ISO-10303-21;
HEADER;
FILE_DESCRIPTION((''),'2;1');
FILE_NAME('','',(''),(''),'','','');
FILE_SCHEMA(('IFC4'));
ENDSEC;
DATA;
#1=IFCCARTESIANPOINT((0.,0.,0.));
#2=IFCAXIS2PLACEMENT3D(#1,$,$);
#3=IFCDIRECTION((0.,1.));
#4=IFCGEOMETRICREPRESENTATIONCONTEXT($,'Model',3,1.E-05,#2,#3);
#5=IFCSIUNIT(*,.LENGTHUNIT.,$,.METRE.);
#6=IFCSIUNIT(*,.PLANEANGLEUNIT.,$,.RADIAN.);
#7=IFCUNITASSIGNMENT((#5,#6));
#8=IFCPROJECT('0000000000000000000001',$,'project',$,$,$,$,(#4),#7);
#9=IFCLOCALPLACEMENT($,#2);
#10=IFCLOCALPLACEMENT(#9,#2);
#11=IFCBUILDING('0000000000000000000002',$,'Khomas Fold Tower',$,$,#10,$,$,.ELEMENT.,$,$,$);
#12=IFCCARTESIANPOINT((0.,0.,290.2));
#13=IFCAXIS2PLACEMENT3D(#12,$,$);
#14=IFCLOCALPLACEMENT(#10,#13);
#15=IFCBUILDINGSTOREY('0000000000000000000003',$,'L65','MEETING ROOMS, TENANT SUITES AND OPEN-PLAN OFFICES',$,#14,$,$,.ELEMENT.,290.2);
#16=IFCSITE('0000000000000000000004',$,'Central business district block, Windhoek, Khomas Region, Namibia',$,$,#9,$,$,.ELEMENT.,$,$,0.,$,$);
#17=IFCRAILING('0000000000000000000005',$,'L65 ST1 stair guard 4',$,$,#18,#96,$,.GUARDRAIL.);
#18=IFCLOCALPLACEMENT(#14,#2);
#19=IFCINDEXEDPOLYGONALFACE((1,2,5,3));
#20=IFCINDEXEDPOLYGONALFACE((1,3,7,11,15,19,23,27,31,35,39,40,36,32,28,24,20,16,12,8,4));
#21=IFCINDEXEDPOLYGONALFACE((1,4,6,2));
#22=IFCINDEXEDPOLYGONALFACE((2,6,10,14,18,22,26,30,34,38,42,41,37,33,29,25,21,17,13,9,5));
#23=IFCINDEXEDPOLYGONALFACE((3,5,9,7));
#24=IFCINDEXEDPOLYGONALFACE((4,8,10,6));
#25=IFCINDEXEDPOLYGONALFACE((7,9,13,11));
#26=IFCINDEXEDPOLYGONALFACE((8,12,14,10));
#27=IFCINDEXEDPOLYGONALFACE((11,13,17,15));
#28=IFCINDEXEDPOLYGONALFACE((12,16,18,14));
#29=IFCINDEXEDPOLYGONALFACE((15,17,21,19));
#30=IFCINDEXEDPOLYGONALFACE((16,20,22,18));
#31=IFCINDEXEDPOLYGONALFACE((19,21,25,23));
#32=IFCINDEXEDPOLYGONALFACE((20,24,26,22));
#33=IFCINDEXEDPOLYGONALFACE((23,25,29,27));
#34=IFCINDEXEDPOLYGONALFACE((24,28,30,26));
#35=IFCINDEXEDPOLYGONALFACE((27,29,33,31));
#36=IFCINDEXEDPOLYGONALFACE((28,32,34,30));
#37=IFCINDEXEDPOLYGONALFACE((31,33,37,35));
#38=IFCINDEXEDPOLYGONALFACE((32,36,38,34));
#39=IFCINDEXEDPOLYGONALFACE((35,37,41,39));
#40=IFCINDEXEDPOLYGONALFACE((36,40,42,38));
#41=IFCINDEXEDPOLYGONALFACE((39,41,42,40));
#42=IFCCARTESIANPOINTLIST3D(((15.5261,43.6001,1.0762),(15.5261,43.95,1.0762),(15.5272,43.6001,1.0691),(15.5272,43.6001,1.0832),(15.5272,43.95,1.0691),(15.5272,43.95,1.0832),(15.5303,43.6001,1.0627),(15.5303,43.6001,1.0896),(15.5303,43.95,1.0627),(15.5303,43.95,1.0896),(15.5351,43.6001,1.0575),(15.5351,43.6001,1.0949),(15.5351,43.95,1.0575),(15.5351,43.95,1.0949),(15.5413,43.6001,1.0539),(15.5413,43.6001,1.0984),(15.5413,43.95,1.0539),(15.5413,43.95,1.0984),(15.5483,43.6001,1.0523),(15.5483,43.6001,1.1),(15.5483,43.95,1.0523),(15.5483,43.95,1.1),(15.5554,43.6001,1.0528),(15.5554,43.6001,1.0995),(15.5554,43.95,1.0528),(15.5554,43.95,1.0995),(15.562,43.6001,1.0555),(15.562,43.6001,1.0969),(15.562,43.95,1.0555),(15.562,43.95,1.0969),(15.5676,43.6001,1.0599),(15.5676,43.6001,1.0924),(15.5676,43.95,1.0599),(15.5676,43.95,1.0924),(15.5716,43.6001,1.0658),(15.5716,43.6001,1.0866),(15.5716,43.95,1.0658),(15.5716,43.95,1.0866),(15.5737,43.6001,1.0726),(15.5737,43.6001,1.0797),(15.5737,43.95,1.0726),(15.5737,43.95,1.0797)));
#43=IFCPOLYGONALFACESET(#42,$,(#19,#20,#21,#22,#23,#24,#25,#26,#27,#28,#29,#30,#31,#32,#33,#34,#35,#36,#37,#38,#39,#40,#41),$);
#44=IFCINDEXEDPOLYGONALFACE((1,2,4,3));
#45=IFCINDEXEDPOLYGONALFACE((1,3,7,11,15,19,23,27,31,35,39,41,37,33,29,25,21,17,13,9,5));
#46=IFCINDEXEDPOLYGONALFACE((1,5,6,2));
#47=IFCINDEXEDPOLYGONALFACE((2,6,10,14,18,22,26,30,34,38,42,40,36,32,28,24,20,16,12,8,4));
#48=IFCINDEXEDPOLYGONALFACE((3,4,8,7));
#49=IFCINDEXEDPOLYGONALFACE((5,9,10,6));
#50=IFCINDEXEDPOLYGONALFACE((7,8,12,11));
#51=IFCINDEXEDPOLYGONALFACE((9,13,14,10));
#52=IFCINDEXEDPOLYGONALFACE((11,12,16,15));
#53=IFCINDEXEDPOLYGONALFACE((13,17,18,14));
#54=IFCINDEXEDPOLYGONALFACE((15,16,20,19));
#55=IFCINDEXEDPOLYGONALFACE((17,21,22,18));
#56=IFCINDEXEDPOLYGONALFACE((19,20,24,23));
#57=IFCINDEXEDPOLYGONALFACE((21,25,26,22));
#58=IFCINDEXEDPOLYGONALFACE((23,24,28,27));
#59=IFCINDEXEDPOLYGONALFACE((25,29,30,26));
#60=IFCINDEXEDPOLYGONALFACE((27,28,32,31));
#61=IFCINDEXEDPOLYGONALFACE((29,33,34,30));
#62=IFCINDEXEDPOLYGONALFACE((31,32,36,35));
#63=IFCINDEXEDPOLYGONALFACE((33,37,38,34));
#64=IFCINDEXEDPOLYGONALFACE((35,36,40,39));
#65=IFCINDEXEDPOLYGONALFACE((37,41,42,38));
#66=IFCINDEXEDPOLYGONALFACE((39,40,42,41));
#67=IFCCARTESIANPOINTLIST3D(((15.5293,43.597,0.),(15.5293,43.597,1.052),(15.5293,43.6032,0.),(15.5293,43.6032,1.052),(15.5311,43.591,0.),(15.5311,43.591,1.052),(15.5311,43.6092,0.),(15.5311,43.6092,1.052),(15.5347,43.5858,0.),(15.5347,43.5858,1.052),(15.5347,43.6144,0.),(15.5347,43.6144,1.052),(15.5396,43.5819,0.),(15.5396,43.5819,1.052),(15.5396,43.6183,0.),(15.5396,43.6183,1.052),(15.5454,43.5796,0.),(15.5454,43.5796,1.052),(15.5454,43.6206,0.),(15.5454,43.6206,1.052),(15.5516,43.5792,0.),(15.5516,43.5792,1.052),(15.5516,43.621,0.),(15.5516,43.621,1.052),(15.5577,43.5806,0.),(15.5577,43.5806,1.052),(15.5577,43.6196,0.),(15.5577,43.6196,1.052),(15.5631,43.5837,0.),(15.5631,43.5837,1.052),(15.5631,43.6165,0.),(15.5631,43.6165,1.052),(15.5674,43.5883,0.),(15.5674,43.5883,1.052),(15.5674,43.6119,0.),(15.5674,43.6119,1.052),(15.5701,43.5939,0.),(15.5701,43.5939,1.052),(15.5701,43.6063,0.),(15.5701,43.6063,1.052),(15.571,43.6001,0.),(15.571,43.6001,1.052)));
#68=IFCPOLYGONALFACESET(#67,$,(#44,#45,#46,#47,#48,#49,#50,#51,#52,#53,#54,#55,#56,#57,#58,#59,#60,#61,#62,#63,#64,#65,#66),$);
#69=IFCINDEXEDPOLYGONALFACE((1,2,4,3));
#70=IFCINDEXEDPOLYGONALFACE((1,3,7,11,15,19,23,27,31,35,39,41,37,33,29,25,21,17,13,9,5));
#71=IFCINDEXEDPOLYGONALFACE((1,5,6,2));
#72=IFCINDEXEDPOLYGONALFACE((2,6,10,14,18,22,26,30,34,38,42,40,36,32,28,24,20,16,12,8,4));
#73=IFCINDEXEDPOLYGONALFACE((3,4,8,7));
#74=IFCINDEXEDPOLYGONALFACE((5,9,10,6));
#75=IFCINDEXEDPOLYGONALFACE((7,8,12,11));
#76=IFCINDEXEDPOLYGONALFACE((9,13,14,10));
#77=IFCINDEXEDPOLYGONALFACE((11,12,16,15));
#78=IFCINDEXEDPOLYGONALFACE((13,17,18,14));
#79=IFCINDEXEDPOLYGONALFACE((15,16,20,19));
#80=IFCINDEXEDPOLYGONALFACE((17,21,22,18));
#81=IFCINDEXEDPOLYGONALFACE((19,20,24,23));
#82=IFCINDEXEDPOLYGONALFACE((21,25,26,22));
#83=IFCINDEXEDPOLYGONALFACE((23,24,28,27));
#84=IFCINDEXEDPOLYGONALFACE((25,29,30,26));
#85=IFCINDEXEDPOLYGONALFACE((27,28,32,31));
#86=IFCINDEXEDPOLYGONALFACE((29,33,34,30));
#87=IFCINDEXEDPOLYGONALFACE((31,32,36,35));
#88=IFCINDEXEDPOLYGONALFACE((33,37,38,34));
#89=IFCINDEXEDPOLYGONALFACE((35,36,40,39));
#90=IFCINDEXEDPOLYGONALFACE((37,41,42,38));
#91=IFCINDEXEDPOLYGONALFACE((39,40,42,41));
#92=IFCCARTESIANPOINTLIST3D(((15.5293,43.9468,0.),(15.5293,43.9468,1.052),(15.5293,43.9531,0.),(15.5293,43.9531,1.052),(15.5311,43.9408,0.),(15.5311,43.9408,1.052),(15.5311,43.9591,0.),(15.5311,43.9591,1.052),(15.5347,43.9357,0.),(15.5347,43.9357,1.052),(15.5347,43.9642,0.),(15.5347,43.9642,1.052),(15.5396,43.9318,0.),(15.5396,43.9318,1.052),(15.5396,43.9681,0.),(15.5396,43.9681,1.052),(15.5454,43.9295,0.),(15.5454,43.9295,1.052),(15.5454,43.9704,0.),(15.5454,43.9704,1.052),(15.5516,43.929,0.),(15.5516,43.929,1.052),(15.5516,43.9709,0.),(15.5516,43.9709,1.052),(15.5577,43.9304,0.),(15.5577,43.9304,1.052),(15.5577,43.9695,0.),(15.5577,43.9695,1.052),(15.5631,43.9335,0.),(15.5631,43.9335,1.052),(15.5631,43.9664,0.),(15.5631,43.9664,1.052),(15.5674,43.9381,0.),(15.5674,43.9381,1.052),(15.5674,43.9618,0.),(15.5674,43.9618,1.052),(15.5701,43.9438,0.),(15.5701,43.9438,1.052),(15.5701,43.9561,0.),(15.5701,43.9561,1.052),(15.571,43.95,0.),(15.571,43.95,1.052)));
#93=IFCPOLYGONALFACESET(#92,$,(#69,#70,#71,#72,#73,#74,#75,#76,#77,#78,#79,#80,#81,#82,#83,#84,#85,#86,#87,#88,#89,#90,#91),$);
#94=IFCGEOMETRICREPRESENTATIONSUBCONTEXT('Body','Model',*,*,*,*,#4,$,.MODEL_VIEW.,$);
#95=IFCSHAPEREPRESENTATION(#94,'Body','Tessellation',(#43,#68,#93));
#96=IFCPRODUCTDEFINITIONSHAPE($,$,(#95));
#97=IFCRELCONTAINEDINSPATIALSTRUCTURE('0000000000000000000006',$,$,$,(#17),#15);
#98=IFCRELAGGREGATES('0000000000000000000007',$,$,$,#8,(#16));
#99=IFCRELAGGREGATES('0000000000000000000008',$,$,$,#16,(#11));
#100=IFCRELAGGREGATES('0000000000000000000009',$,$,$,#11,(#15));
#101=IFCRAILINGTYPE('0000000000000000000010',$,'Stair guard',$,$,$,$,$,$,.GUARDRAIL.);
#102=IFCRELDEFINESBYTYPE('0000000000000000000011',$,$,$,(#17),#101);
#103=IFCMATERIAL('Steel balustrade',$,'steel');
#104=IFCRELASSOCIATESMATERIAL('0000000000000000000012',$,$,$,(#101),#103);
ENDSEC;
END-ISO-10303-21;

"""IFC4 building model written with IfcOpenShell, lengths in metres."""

from ifc_helpers import new_model, si_unit, direction, frame, origin, origin_2d, place, context, subcontext, project, spatial, circle, extrude, source, transform, mapped, material, type_object, element, save


model = new_model("IFC4")

# Units and contexts
model_context = context("Model", 3, precision=1e-05, world=origin(), true_north=direction((0.0, 1.0)))
body_context = subcontext(model_context, "Body", "Model", "MODEL_VIEW")
ifc_project = project(units=[si_unit("LENGTHUNIT", "METRE"), si_unit("PLANEANGLEUNIT", "RADIAN")], contexts=[model_context])

# Site, building, storey
site_placement = place(None, origin())
site = spatial("IfcSite", under=ifc_project, at=site_placement, Name="Central business district block, Windhoek, Khomas Region, Namibia", CompositionType="ELEMENT", RefElevation=0.0)
building_placement = place(site_placement, origin())
building = spatial("IfcBuilding", under=site, at=building_placement, Name="Khomas Fold Tower", CompositionType="ELEMENT")
storey_placement = place(building_placement, frame((0.0, 0.0, 290.2)))
storey = spatial("IfcBuildingStorey", under=building, at=storey_placement, Name="L65", Description="MEETING ROOMS, TENANT SUITES AND OPEN-PLAN OFFICES", CompositionType="ELEMENT", Elevation=290.2)

# Railing
ifc_material_1 = material(Name="Steel balustrade", Category="steel")
railing_type_1 = type_object("IfcRailingType", Name="Stair guard", PredefinedType="GUARDRAIL", material=ifc_material_1)
shared_shape_1 = source(origin(), body_context, "Body", "SweptSolid", [
    extrude(circle(Radius=0.0239, at=origin_2d()), frame((0.0, 0.0, 1.0762), z_axis=(0.0, 1.0, 0.0), x_axis=(-1.0, 0.0, 0.0)), (0.0, 0.0, 1.0), 0.3499),
    extrude(circle(Radius=0.021, at=origin_2d()), origin(), (0.0, 0.0, 1.0), 1.052),
    extrude(circle(Radius=0.021, at=origin_2d()), frame((0.0, 0.3499, 0.0)), (0.0, 0.0, 1.0), 1.052),
])
railing_1_placement = place(storey_placement, frame((15.55, 43.6001, 0.0)))
element("IfcRailing", 1, at=railing_1_placement, inside=storey, type_object=railing_type_1, Name="L65 ST1 stair guard 4", PredefinedType="GUARDRAIL", context=body_context, shape_type="MappedRepresentation", body=[
    mapped(shared_shape_1, transform((0.0, 0.0, 0.0))),
])

save(model, "model.ifc")
